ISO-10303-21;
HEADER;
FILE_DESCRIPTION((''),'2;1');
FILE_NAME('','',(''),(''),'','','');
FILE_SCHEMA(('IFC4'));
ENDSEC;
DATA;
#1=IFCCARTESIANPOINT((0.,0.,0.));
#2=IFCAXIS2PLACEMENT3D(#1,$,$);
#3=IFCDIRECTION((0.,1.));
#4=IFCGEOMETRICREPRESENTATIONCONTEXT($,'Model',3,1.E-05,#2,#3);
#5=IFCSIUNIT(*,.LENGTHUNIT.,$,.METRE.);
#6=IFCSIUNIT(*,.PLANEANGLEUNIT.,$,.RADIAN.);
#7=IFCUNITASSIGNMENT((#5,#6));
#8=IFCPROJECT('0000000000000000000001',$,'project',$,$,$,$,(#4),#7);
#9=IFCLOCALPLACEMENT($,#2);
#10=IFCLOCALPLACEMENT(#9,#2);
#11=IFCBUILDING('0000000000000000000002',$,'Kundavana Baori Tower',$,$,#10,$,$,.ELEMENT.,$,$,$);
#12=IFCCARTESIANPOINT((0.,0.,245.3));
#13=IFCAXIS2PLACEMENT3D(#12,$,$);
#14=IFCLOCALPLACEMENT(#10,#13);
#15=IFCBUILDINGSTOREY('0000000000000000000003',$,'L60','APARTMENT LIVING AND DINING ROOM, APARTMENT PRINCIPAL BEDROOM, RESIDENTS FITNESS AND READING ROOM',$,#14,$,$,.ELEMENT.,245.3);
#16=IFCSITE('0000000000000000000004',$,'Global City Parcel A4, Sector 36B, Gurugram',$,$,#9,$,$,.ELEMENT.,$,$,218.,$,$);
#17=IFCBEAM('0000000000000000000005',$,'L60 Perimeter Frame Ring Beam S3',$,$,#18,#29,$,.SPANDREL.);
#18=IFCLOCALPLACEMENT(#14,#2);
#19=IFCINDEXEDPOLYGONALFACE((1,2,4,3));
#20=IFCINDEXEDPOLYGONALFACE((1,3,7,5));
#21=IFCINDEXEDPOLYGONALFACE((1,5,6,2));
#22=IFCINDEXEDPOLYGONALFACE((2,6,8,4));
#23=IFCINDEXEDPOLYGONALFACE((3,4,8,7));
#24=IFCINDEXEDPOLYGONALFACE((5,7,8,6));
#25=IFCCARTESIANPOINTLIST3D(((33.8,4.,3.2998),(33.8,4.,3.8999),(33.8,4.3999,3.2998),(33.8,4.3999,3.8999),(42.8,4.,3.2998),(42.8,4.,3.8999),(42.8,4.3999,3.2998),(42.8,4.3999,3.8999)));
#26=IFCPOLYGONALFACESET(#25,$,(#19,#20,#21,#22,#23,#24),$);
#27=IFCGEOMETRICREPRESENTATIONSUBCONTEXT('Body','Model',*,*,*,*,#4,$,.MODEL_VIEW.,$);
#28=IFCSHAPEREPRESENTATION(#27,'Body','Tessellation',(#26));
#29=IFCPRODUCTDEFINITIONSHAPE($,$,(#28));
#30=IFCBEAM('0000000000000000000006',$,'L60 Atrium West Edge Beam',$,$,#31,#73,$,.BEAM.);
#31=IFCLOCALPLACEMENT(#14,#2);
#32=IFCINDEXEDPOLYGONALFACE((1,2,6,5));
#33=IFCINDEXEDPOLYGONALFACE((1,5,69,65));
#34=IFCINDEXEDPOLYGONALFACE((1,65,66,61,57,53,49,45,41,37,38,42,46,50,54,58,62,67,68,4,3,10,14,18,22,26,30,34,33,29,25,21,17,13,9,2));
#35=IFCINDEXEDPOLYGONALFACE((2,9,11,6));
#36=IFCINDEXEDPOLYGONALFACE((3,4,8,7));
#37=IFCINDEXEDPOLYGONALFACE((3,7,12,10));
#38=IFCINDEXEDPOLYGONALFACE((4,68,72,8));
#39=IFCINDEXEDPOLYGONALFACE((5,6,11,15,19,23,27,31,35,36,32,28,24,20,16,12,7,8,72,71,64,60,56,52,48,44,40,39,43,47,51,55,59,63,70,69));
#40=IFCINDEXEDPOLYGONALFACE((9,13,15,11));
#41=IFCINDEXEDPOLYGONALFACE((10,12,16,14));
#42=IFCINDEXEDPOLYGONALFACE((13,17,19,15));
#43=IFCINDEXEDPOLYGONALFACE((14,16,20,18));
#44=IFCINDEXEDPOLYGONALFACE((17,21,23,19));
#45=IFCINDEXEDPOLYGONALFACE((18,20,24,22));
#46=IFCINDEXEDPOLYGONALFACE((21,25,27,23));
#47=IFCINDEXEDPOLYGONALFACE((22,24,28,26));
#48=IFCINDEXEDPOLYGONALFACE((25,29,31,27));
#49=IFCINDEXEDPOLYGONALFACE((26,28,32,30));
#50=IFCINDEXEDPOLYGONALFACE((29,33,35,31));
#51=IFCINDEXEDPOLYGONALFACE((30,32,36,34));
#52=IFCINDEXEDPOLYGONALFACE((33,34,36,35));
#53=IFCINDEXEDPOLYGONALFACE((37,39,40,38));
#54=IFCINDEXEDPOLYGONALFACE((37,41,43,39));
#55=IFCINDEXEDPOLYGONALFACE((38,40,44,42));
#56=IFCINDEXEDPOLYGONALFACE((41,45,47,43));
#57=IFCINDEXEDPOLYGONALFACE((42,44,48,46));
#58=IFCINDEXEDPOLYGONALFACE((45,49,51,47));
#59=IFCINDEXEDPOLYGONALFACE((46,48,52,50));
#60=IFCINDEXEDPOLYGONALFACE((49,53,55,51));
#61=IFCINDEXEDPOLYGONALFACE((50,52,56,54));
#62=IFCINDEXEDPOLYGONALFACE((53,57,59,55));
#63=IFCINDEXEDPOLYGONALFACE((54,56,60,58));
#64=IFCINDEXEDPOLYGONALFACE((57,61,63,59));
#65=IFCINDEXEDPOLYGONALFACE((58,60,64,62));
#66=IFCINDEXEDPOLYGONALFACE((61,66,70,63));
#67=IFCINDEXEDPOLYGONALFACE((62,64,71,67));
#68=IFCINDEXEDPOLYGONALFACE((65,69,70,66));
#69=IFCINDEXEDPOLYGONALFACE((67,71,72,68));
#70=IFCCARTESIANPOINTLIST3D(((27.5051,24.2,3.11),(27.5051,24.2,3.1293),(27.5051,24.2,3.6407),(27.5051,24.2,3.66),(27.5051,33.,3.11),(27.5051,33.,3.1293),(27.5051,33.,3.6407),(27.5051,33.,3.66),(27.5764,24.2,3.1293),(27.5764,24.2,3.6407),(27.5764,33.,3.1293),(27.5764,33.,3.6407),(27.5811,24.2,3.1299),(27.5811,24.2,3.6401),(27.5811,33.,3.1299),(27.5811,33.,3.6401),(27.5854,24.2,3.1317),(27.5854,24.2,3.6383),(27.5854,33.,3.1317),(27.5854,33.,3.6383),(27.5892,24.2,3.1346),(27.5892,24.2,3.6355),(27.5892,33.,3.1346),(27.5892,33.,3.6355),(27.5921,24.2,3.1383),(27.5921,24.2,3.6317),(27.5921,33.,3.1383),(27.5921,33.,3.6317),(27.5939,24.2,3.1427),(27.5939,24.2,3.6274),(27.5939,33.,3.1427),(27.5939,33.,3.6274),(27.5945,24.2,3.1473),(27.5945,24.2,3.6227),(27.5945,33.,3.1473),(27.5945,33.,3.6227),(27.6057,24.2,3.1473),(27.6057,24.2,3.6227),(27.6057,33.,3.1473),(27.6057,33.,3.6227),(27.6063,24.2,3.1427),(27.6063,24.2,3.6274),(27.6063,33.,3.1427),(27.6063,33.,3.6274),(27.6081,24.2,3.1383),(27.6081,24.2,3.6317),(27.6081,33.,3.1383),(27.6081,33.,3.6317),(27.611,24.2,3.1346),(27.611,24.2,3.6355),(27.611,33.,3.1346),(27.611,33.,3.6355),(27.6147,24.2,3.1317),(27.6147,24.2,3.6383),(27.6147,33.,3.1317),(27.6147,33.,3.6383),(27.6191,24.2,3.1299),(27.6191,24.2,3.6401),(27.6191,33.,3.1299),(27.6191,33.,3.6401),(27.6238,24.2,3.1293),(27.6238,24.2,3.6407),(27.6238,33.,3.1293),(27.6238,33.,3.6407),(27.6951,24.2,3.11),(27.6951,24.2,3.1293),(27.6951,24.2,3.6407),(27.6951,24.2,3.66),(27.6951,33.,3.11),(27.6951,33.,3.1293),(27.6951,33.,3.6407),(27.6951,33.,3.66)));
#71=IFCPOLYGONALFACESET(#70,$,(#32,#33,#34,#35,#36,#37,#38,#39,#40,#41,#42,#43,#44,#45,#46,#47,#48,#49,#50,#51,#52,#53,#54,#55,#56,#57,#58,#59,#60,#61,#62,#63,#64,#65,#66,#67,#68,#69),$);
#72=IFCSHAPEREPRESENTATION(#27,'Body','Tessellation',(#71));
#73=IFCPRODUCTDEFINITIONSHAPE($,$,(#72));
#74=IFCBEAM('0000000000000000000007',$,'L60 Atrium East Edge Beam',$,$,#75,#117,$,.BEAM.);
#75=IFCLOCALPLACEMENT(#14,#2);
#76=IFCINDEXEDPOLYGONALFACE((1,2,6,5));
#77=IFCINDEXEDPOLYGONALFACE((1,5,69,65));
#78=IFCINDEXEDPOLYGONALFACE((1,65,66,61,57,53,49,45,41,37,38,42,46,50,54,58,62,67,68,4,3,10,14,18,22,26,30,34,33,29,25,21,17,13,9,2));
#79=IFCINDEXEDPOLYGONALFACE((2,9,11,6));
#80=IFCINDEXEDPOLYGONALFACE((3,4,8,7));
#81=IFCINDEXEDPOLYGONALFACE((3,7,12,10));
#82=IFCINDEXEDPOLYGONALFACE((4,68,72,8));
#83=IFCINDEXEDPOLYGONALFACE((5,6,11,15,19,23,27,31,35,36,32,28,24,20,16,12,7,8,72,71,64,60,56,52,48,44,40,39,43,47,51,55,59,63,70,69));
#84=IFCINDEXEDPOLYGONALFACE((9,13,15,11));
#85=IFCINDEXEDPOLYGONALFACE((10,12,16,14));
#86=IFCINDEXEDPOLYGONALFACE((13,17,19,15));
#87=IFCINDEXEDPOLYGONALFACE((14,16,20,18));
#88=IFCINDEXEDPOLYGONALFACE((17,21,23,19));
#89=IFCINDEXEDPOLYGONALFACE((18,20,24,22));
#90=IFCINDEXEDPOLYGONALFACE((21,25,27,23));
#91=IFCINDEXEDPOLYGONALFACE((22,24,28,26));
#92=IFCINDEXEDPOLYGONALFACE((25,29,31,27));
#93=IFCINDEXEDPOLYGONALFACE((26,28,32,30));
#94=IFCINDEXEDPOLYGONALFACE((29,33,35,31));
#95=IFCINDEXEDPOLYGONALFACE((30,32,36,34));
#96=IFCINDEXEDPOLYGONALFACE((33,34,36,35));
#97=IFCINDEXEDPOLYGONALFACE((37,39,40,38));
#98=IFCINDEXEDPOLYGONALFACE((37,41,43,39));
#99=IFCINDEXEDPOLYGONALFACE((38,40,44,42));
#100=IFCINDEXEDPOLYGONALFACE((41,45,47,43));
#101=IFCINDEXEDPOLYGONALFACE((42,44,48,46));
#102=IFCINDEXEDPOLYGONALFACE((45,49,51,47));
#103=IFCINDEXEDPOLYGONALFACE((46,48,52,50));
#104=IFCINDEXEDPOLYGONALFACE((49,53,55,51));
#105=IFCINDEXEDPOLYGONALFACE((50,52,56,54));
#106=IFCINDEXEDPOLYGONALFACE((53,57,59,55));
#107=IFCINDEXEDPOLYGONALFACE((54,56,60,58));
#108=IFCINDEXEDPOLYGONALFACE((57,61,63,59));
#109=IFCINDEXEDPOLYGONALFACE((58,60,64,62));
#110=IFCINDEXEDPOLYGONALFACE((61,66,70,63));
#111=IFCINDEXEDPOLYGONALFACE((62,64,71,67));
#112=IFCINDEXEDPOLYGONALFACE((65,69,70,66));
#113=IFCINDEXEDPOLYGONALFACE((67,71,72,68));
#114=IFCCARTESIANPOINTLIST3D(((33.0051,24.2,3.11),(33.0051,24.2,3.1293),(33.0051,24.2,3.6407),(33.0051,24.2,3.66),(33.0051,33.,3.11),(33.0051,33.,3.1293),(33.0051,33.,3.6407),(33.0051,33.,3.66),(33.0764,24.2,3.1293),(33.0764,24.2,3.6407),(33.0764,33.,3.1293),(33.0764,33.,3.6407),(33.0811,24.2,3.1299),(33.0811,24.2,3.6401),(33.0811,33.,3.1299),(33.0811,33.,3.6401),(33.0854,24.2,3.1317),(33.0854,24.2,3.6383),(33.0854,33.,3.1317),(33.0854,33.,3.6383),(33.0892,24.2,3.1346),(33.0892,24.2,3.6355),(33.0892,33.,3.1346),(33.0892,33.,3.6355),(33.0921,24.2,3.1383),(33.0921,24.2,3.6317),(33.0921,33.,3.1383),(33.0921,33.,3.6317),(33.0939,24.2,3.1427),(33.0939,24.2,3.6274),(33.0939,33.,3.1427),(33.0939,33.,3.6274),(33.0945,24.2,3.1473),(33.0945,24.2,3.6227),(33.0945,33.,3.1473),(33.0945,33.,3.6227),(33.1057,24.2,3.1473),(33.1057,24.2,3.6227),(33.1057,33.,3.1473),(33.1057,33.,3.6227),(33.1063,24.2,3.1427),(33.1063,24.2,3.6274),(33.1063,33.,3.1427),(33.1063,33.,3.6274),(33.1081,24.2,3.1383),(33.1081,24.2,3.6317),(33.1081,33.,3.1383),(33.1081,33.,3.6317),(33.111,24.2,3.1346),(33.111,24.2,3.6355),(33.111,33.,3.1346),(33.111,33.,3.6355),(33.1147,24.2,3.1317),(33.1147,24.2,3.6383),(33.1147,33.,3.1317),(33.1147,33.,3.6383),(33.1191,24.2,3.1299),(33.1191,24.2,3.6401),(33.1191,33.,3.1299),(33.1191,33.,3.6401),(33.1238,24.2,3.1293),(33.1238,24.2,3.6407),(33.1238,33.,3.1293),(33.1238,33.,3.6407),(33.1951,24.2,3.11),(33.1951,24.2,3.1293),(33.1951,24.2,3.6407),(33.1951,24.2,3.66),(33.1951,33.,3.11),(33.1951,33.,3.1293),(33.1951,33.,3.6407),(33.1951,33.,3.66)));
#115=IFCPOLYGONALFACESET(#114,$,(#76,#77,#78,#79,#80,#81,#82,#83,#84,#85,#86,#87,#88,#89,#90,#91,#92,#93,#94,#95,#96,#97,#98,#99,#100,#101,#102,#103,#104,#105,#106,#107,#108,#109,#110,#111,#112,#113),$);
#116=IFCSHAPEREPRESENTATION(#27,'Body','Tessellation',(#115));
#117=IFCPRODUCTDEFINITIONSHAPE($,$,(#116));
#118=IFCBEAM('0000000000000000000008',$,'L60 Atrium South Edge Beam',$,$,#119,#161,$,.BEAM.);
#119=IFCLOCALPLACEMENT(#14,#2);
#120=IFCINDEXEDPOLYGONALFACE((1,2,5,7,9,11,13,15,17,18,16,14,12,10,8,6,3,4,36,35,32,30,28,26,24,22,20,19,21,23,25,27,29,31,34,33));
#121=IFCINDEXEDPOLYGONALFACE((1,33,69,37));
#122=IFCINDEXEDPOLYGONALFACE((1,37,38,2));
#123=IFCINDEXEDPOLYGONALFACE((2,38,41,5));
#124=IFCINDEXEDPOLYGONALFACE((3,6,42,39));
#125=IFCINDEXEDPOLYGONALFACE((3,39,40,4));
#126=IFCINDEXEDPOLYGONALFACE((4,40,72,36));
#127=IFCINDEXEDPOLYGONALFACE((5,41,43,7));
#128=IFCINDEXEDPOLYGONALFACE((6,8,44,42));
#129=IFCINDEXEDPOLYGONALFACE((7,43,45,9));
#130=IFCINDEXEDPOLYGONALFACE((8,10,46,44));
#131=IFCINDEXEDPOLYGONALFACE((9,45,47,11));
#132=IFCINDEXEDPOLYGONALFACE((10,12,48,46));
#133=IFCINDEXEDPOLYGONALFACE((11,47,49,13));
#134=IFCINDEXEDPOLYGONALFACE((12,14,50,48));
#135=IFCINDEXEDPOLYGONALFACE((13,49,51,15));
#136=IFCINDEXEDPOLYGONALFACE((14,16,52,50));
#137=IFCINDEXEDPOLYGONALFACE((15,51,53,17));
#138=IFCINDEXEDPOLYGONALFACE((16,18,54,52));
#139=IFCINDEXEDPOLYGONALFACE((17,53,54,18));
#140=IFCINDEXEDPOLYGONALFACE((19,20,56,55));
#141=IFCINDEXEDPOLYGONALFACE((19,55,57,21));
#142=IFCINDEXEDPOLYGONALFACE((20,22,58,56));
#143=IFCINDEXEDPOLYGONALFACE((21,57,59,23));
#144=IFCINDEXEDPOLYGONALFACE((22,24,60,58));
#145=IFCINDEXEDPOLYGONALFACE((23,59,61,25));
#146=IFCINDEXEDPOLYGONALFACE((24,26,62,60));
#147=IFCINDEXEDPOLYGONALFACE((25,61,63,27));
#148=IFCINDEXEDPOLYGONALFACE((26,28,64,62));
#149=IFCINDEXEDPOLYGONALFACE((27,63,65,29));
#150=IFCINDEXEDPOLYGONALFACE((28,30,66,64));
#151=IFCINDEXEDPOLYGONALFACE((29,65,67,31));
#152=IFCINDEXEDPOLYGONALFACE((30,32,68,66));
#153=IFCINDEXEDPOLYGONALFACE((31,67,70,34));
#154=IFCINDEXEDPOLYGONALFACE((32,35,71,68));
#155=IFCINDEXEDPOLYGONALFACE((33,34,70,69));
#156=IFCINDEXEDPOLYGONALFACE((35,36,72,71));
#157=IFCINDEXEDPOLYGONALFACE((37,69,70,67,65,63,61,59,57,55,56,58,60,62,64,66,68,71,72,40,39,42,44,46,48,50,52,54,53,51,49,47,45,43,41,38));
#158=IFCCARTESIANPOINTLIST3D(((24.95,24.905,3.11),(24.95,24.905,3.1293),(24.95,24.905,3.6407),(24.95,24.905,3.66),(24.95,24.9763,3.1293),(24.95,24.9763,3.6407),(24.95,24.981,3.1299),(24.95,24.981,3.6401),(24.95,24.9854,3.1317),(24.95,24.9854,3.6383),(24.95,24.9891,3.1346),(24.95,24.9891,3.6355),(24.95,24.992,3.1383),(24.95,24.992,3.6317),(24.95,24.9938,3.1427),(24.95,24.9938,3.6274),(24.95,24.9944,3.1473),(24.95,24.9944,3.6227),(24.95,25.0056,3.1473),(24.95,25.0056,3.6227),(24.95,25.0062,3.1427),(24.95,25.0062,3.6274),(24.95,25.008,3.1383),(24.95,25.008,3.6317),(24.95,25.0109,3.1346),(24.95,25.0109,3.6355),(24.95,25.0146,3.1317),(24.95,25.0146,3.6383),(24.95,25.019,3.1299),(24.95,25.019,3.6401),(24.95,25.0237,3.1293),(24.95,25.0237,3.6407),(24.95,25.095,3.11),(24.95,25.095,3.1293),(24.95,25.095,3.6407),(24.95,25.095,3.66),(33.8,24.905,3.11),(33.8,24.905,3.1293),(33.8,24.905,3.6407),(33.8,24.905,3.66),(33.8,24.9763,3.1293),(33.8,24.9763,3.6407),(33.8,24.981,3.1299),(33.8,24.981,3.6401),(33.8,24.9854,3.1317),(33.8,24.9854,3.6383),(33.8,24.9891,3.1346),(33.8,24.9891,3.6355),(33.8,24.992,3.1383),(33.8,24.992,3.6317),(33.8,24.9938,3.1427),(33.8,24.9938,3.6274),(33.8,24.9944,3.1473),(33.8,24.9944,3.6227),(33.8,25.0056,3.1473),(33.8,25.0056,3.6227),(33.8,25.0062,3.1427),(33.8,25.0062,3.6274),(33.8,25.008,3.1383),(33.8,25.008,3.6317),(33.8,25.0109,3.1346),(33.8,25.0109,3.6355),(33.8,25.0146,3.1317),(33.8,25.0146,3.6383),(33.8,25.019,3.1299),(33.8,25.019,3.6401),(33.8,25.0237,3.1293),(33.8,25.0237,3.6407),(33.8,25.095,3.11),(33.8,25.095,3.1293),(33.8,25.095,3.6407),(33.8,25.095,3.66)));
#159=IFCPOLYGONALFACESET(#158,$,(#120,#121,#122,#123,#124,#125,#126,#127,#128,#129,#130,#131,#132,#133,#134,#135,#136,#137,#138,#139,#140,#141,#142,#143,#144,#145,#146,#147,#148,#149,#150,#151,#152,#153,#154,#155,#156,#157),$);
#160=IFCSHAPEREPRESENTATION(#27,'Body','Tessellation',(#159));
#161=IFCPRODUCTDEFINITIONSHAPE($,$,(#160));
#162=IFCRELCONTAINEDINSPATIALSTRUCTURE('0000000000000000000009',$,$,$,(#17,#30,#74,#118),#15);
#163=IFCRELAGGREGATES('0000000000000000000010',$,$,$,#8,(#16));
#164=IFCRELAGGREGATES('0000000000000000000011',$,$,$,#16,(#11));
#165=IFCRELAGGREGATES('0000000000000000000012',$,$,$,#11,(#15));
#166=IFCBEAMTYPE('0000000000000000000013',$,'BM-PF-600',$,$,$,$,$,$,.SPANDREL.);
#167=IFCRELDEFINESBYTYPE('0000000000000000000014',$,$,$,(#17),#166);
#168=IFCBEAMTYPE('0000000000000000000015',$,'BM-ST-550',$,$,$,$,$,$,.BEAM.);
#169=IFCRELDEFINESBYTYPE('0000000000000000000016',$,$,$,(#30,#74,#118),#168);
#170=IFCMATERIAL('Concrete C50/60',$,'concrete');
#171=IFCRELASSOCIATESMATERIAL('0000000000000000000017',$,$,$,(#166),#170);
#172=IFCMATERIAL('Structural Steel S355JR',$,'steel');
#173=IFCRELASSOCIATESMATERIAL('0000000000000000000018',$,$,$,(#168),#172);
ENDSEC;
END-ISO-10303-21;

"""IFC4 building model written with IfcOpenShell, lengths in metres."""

from ifc_helpers import new_model, si_unit, direction, frame, origin, origin_2d, place, context, subcontext, project, spatial, rectangle, i_section, extrude, material, material_profile, profile_set, type_object, element, save


model = new_model("IFC4")

# Units and contexts
model_context = context("Model", 3, precision=1e-05, world=origin(), true_north=direction((0.0, 1.0)))
body_context = subcontext(model_context, "Body", "Model", "MODEL_VIEW")
ifc_project = project(units=[si_unit("LENGTHUNIT", "METRE"), si_unit("PLANEANGLEUNIT", "RADIAN")], contexts=[model_context])

# Site, building, storey
site_placement = place(None, origin())
site = spatial("IfcSite", under=ifc_project, at=site_placement, Name="Global City Parcel A4, Sector 36B, Gurugram", CompositionType="ELEMENT", RefElevation=218.0)
building_placement = place(site_placement, origin())
building = spatial("IfcBuilding", under=site, at=building_placement, Name="Kundavana Baori Tower", CompositionType="ELEMENT")
storey_placement = place(building_placement, frame((0.0, 0.0, 245.3)))
storey = spatial("IfcBuildingStorey", under=building, at=storey_placement, Name="L60", Description="APARTMENT LIVING AND DINING ROOM, APARTMENT PRINCIPAL BEDROOM, RESIDENTS FITNESS AND READING ROOM", CompositionType="ELEMENT", Elevation=245.3)

# Beams
ifc_material_1 = material(Name="Concrete C50/60", Category="concrete")
ifc_material_profile_1 = material_profile(ifc_material_1, rectangle(XDim=0.3999, YDim=0.6001, at=origin_2d()), Name="RC BM 400x600")
ifc_profile_set_1 = profile_set([ifc_material_profile_1], Name="Concrete C50/60")
beam_type_1 = type_object("IfcBeamType", Name="BM-PF-600", PredefinedType="SPANDREL", material=ifc_profile_set_1)
beam_1_placement = place(storey_placement, frame((33.8, 4.2, 3.5999), z_axis=(1.0, 0.0, 0.0), x_axis=(0.0, 1.0, 0.0)))
element("IfcBeam", 1, at=beam_1_placement, inside=storey, type_object=beam_type_1, Name="L60 Perimeter Frame Ring Beam S3", PredefinedType="SPANDREL", context=body_context, shape_type="SweptSolid", body=[
    extrude(rectangle(XDim=0.3999, YDim=0.6001, at=origin_2d()), origin(), (0.0, 0.0, 1.0), 9.0),
])
ifc_material_2 = material(Name="Structural Steel S355JR", Category="steel")
ifc_material_profile_2 = material_profile(ifc_material_2, i_section(OverallWidth=0.1899, OverallDepth=0.55, WebThickness=0.0112, FlangeThickness=0.0193, FilletRadius=0.0181, at=origin_2d()), Name="ISMB 550")
ifc_profile_set_2 = profile_set([ifc_material_profile_2], Name="Structural Steel S355JR")
beam_type_2 = type_object("IfcBeamType", Name="BM-ST-550", PredefinedType="BEAM", material=ifc_profile_set_2)
for number, where, z_axis, x_axis, name in (
    (2, (27.6001, 24.2, 3.385), (0.0, 1.0, 0.0), (-1.0, 0.0, 0.0), "L60 Atrium West Edge Beam"),
    (3, (33.1001, 24.2, 3.385), (0.0, 1.0, 0.0), (-1.0, 0.0, 0.0), "L60 Atrium East Edge Beam"),
):
    element("IfcBeam", number, at=place(storey_placement, frame(where, z_axis=z_axis, x_axis=x_axis)), inside=storey, type_object=beam_type_2, Name=name, PredefinedType="BEAM", context=body_context, shape_type="SweptSolid", body=[
        extrude(i_section(OverallWidth=0.1899, OverallDepth=0.55, WebThickness=0.0112, FlangeThickness=0.0193, FilletRadius=0.0181, at=origin_2d()), origin(), (0.0, 0.0, 1.0), 8.8),
    ])
beam_2_placement = place(storey_placement, frame((24.95, 25.0, 3.385), z_axis=(1.0, 0.0, 0.0), x_axis=(0.0, 1.0, 0.0)))
element("IfcBeam", 4, at=beam_2_placement, inside=storey, type_object=beam_type_2, Name="L60 Atrium South Edge Beam", PredefinedType="BEAM", context=body_context, shape_type="SweptSolid", body=[
    extrude(i_section(OverallWidth=0.1899, OverallDepth=0.55, WebThickness=0.0112, FlangeThickness=0.0193, FilletRadius=0.0181, at=origin_2d()), origin(), (0.0, 0.0, 1.0), 8.8501),
])

save(model, "model.ifc")
